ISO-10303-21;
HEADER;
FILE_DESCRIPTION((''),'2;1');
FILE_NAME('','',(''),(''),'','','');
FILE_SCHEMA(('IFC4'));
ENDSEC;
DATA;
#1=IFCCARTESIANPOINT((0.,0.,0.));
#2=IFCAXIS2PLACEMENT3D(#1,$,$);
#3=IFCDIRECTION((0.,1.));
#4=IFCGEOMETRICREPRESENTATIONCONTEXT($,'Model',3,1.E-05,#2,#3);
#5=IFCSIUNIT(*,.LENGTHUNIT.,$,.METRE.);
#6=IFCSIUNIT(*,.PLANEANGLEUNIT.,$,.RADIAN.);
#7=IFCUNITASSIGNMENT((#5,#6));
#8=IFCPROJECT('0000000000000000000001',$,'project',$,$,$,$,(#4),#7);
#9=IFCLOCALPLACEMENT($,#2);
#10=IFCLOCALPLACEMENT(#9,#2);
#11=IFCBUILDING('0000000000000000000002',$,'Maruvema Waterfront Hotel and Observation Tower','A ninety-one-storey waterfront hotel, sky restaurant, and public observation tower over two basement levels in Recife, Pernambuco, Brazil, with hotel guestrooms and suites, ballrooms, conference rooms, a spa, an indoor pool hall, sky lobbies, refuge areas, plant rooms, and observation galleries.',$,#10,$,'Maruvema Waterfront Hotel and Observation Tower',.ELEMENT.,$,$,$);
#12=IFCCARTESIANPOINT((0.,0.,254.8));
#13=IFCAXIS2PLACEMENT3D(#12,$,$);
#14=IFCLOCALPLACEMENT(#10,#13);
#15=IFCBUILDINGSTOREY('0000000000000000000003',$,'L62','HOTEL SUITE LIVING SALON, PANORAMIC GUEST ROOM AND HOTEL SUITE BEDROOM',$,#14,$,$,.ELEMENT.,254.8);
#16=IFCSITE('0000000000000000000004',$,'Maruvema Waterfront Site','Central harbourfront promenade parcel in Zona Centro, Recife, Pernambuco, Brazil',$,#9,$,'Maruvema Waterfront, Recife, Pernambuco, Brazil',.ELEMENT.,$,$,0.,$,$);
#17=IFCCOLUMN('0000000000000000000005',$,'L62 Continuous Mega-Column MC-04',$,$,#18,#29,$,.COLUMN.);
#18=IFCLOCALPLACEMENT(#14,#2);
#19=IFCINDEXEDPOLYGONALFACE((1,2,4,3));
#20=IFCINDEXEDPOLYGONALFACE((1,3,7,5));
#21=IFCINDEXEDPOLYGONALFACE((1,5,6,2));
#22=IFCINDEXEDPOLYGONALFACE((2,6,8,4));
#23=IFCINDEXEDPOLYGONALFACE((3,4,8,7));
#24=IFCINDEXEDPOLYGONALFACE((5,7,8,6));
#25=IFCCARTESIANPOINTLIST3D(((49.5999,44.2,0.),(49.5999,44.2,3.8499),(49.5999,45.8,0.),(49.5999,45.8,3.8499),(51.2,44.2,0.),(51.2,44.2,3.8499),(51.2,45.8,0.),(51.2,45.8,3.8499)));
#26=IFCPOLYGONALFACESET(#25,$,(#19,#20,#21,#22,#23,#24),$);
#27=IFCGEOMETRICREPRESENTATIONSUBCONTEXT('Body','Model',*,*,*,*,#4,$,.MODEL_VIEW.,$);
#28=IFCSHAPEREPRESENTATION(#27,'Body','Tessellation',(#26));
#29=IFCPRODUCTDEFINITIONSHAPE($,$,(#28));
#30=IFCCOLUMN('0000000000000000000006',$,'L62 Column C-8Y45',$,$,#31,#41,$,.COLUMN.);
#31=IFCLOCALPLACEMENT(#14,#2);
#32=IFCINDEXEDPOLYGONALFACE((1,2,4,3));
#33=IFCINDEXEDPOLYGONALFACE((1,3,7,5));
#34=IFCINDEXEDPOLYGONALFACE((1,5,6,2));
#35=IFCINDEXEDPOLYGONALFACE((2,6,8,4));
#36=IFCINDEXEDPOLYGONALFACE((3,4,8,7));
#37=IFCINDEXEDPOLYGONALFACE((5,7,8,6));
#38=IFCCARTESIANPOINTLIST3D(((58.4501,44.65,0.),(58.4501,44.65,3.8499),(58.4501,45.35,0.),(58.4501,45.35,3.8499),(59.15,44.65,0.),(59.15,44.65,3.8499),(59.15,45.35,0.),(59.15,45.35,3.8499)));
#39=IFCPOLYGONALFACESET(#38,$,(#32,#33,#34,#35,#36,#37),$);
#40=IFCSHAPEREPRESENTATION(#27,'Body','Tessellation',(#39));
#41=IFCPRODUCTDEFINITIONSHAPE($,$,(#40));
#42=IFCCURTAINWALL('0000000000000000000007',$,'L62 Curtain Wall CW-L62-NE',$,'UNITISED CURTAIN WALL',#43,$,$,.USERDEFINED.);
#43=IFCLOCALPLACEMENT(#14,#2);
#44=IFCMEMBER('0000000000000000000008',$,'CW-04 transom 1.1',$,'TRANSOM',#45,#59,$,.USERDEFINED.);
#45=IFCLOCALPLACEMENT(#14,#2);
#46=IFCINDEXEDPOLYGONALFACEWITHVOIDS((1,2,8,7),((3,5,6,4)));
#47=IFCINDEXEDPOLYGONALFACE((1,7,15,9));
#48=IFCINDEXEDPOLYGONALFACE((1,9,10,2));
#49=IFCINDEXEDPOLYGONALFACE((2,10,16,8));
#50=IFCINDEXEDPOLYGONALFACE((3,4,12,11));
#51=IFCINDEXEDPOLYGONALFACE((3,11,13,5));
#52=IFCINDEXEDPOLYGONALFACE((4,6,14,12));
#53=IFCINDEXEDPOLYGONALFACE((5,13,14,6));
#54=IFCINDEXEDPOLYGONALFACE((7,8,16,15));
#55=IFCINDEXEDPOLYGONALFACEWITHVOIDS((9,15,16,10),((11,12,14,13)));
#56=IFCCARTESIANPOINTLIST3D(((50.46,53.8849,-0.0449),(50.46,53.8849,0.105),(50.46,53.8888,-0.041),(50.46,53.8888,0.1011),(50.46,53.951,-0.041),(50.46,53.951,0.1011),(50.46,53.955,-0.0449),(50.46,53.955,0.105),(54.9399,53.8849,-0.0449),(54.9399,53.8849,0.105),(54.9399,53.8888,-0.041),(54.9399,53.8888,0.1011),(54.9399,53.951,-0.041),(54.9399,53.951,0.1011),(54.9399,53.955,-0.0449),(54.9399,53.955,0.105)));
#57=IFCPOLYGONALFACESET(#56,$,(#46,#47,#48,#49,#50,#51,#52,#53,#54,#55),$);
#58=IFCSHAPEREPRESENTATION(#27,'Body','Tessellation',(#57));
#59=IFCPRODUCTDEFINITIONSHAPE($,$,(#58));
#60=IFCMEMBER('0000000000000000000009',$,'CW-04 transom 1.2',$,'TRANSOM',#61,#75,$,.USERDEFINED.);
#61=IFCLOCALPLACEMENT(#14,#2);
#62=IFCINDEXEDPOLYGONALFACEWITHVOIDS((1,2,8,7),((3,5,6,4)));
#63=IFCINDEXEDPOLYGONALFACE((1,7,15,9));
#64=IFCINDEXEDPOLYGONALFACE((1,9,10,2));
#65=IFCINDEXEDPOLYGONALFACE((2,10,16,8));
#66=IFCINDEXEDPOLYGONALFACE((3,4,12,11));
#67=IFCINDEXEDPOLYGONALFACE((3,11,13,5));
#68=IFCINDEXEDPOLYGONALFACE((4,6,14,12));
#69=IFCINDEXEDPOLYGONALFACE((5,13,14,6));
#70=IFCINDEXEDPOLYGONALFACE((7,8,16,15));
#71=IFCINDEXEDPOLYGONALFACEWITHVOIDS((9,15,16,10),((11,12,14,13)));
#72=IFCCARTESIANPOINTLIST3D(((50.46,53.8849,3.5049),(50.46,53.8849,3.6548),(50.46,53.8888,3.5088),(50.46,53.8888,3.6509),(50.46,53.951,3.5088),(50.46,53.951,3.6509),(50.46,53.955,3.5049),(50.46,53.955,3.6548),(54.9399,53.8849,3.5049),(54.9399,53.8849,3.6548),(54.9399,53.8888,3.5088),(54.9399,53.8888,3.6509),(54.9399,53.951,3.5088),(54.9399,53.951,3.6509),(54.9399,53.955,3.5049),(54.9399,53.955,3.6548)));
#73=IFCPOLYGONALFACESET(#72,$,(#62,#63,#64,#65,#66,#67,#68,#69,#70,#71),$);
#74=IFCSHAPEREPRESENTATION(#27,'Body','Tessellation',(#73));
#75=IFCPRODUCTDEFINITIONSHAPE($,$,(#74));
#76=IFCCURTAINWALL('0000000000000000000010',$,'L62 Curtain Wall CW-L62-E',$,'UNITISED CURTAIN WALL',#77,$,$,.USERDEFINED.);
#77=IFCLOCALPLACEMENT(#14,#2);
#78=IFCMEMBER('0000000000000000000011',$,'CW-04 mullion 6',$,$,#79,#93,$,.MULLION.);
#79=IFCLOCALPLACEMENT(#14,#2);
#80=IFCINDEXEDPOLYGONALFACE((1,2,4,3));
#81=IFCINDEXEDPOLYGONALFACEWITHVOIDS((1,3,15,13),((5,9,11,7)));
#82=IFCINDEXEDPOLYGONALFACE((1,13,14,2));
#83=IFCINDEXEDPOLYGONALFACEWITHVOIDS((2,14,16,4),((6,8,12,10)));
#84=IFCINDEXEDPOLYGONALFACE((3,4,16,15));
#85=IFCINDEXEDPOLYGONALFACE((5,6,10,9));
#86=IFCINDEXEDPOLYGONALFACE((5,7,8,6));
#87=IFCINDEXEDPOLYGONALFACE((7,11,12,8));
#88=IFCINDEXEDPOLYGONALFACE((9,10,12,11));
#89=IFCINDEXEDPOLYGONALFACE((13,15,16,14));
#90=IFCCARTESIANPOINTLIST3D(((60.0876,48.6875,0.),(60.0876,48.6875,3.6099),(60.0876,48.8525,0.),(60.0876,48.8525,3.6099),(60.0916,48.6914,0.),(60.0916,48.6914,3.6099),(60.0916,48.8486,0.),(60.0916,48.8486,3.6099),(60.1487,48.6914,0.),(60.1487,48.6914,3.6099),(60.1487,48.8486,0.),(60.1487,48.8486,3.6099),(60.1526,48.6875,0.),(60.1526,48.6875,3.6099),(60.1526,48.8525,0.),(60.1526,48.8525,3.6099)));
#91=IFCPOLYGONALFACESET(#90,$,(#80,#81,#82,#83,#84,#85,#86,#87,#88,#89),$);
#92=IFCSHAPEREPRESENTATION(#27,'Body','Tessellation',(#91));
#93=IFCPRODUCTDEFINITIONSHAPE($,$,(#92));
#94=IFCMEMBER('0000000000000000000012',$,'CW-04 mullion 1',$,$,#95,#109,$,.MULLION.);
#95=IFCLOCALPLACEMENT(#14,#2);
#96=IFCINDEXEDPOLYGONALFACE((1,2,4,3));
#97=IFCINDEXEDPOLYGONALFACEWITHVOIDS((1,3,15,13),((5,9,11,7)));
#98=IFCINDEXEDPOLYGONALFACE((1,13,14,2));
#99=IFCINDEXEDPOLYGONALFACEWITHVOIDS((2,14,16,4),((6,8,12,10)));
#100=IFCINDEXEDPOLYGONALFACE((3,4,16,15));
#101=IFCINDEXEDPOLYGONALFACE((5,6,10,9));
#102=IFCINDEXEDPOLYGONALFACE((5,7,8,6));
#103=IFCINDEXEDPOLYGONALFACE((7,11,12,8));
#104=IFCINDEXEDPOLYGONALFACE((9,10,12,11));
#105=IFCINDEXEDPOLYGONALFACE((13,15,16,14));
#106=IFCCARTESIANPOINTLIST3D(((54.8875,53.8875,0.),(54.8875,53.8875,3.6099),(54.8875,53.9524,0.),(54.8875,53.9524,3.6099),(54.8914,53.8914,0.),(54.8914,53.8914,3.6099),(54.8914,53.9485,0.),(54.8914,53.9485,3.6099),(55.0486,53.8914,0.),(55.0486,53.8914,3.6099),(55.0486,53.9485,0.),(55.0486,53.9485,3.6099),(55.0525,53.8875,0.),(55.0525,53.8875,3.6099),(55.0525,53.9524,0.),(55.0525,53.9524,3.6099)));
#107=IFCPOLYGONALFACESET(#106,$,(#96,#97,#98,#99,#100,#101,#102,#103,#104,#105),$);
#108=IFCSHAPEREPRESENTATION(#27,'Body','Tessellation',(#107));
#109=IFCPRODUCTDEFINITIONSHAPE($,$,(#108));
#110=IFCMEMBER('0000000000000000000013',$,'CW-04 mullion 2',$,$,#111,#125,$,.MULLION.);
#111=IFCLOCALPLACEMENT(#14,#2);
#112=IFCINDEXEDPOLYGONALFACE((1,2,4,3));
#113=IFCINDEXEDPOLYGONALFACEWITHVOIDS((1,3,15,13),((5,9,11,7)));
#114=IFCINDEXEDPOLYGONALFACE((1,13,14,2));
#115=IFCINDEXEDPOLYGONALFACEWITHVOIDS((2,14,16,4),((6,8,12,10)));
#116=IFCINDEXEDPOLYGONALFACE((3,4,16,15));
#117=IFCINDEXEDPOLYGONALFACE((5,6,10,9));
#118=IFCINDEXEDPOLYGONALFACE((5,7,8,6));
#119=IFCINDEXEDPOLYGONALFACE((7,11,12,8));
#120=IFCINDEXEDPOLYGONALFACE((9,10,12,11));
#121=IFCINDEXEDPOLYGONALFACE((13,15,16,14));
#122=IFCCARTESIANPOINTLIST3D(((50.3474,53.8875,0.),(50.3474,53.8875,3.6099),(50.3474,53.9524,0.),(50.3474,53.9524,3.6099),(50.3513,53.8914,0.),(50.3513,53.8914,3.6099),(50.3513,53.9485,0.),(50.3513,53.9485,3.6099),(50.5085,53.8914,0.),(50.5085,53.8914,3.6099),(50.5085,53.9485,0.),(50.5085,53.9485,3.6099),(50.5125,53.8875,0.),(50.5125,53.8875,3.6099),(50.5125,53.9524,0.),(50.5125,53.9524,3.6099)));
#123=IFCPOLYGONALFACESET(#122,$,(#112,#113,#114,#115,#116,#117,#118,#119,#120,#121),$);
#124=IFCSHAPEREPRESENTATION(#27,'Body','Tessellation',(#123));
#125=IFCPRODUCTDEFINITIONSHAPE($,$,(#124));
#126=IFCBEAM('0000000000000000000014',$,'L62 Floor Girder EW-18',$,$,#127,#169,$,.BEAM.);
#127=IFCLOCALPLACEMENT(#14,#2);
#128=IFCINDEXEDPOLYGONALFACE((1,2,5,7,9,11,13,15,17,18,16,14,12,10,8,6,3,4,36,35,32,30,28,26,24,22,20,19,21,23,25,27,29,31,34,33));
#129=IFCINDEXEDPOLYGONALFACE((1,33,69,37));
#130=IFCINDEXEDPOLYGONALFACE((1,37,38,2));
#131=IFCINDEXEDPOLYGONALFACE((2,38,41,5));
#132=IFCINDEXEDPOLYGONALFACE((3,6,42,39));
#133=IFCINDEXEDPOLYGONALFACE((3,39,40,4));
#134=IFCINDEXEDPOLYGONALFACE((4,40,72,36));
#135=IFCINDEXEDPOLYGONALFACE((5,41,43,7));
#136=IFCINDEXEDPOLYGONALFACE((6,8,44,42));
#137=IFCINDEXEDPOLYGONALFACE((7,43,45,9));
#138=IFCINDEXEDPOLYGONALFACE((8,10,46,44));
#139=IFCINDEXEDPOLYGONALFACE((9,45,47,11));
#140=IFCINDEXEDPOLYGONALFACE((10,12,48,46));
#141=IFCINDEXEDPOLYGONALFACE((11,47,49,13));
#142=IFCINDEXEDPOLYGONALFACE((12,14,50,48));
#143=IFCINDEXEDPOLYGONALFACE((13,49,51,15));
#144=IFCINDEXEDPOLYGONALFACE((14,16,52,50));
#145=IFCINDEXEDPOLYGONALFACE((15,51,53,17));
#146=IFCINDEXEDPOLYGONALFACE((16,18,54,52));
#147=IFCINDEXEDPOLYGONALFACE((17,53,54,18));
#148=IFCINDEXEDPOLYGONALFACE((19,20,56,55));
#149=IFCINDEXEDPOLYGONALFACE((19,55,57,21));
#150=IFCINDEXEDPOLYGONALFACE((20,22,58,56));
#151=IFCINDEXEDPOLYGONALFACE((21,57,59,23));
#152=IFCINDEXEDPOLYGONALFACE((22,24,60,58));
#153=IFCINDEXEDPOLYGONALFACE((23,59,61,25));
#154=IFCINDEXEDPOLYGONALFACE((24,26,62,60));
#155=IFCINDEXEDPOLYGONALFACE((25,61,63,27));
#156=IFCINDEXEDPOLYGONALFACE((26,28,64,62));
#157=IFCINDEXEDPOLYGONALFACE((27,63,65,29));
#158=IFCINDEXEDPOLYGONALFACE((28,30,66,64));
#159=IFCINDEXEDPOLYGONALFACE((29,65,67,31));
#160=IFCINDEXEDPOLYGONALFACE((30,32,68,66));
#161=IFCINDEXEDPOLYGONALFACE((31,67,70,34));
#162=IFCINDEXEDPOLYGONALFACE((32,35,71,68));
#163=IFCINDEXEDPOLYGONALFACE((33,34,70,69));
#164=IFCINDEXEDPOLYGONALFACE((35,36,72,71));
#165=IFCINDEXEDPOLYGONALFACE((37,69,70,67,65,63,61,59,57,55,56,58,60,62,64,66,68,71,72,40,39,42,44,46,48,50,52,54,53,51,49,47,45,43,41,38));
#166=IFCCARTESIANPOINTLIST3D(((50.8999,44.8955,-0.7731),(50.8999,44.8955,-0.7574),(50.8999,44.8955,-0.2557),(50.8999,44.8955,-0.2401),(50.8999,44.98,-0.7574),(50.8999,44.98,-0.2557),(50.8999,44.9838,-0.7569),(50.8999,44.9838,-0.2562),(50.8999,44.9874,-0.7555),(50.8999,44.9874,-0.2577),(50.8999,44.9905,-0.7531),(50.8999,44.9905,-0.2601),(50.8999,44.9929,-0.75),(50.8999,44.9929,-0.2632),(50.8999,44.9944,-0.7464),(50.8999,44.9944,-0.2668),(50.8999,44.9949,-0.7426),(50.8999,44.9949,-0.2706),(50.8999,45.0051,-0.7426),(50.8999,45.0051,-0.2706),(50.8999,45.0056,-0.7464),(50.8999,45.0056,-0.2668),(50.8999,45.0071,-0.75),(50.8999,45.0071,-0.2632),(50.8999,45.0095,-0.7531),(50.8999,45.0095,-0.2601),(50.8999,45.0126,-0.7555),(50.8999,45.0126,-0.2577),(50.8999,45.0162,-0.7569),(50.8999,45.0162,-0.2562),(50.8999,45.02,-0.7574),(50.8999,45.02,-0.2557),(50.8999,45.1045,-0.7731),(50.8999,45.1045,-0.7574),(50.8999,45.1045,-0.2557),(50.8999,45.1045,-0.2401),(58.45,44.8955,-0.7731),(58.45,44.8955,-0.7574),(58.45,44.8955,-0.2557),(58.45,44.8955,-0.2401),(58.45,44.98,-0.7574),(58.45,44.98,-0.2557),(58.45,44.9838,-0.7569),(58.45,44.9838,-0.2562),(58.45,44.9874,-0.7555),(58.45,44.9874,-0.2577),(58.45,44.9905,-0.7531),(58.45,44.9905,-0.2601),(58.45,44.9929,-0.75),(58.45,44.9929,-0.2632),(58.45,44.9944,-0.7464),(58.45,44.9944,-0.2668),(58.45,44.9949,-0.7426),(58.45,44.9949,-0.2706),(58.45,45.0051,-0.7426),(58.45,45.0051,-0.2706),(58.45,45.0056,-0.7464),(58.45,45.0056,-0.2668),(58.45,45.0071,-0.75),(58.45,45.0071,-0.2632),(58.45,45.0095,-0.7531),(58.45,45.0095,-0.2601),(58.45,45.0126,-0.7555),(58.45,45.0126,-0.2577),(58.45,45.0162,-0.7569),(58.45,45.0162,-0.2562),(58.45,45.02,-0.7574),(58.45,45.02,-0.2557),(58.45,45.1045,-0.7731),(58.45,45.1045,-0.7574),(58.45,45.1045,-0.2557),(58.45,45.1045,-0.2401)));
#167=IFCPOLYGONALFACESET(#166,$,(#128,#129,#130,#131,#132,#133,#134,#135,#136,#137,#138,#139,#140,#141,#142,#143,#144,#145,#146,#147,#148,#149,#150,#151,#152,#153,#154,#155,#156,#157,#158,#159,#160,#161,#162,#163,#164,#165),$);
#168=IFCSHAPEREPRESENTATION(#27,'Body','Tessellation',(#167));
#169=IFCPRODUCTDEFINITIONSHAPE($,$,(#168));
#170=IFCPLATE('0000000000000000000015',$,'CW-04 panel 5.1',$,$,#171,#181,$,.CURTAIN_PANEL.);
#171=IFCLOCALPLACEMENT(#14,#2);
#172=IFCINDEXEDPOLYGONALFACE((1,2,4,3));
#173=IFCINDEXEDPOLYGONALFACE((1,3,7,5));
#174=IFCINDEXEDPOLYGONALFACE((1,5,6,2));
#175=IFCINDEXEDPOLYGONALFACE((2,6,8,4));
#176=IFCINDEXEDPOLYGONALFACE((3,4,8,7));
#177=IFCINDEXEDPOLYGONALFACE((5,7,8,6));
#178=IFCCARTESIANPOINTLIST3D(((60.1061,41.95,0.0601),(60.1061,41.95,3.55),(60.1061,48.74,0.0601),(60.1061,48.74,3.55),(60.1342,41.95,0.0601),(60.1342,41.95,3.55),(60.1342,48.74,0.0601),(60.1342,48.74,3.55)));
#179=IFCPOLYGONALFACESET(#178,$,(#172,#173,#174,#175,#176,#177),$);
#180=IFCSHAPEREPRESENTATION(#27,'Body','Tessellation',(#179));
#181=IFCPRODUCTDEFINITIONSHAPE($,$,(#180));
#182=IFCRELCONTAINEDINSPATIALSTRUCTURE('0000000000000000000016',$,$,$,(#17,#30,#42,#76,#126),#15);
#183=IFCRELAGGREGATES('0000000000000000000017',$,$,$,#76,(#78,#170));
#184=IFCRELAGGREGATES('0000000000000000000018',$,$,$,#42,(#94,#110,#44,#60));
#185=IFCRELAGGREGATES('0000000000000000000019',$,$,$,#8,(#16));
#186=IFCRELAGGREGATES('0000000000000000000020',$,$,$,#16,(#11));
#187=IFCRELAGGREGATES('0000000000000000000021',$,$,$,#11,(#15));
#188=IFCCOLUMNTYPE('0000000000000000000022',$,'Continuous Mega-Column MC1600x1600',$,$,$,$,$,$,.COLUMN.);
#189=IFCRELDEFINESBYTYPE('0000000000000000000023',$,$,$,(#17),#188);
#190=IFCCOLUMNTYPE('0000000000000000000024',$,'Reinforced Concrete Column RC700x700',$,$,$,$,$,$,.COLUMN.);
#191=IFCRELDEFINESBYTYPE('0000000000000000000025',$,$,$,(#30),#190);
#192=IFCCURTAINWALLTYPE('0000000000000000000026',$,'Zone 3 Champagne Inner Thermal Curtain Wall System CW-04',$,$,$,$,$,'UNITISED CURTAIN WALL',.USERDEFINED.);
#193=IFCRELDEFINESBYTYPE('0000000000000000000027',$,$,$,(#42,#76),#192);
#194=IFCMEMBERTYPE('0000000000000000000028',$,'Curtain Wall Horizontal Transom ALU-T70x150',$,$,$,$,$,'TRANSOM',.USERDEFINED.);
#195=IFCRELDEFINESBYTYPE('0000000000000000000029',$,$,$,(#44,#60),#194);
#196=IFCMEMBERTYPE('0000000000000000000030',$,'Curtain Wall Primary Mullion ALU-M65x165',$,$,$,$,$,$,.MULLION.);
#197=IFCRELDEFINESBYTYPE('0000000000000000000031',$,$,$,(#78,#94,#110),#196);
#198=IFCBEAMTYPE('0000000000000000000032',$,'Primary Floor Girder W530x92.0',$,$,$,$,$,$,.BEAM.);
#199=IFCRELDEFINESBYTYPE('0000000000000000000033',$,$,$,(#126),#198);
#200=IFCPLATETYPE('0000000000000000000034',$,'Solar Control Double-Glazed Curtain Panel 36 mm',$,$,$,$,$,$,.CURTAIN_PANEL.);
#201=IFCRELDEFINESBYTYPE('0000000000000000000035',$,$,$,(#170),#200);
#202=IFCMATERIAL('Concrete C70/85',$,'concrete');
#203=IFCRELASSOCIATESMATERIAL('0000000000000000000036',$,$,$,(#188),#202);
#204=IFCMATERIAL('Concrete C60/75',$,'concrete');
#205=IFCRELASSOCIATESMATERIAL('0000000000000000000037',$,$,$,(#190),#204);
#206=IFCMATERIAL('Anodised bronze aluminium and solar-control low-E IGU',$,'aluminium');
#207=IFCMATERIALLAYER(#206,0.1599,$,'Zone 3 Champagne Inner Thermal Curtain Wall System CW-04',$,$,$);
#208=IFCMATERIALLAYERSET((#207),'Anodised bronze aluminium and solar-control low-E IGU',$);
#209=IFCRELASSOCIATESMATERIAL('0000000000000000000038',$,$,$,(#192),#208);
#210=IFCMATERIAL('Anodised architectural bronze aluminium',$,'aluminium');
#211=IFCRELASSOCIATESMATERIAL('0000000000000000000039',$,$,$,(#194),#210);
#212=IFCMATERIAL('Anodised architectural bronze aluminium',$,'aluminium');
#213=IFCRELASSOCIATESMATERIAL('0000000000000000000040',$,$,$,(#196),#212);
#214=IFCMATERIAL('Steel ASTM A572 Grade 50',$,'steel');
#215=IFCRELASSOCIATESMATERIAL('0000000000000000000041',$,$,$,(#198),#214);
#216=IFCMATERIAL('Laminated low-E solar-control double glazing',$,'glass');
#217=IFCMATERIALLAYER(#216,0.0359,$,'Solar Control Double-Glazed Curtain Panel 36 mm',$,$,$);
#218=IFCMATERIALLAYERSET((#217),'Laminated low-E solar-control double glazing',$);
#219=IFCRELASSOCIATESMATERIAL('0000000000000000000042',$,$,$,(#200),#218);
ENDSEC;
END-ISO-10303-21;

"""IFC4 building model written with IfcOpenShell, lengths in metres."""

from ifc_helpers import new_model, si_unit, direction, frame, origin, origin_2d, place, context, subcontext, project, spatial, rectangle, hollow_rectangle, i_section, extrude, material, layer, layer_set, material_profile, profile_set, type_object, element, aggregate, save


model = new_model("IFC4")

# Units and contexts
model_context = context("Model", 3, precision=1e-05, world=origin(), true_north=direction((0.0, 1.0)))
body_context = subcontext(model_context, "Body", "Model", "MODEL_VIEW")
ifc_project = project(units=[si_unit("LENGTHUNIT", "METRE"), si_unit("PLANEANGLEUNIT", "RADIAN")], contexts=[model_context])

# Site, building, storey
site_placement = place(None, origin())
site = spatial("IfcSite", under=ifc_project, at=site_placement, Name="Maruvema Waterfront Site", Description="Central harbourfront promenade parcel in Zona Centro, Recife, Pernambuco, Brazil", LongName="Maruvema Waterfront, Recife, Pernambuco, Brazil", CompositionType="ELEMENT", RefElevation=0.0)
building_placement = place(site_placement, origin())
building = spatial("IfcBuilding", under=site, at=building_placement, Name="Maruvema Waterfront Hotel and Observation Tower", Description="A ninety-one-storey waterfront hotel, sky restaurant, and public observation tower over two basement levels in Recife, Pernambuco, Brazil, with hotel guestrooms and suites, ballrooms, conference rooms, a spa, an indoor pool hall, sky lobbies, refuge areas, plant rooms, and observation galleries.", LongName="Maruvema Waterfront Hotel and Observation Tower", CompositionType="ELEMENT")
storey_placement = place(building_placement, frame((0.0, 0.0, 254.8)))
storey = spatial("IfcBuildingStorey", under=building, at=storey_placement, Name="L62", Description="HOTEL SUITE LIVING SALON, PANORAMIC GUEST ROOM AND HOTEL SUITE BEDROOM", CompositionType="ELEMENT", Elevation=254.8)

# Columns
ifc_material_1 = material(Name="Concrete C70/85", Category="concrete")
ifc_material_profile_1 = material_profile(ifc_material_1, rectangle(XDim=1.6001, YDim=1.6001, at=origin_2d()), Name="MC1600x1600")
ifc_profile_set_1 = profile_set([ifc_material_profile_1], Name="Concrete C70/85")
column_type_1 = type_object("IfcColumnType", Name="Continuous Mega-Column MC1600x1600", PredefinedType="COLUMN", material=ifc_profile_set_1)
column_1_placement = place(storey_placement, frame((50.3999, 45.0, 0.0), z_axis=(0.0, 0.0, 1.0), x_axis=(1.0, 0.0, 0.0)))
element("IfcColumn", 1, at=column_1_placement, inside=storey, type_object=column_type_1, Name="L62 Continuous Mega-Column MC-04", PredefinedType="COLUMN", context=body_context, shape_type="SweptSolid", body=[
    extrude(rectangle(XDim=1.6001, YDim=1.6001, at=origin_2d()), origin(), (0.0, 0.0, 1.0), 3.8499),
])
ifc_material_2 = material(Name="Concrete C60/75", Category="concrete")
ifc_material_profile_2 = material_profile(ifc_material_2, rectangle(XDim=0.7, YDim=0.7, at=origin_2d()), Name="RC700x700")
ifc_profile_set_2 = profile_set([ifc_material_profile_2], Name="Concrete C60/75")
column_type_2 = type_object("IfcColumnType", Name="Reinforced Concrete Column RC700x700", PredefinedType="COLUMN", material=ifc_profile_set_2)
column_2_placement = place(storey_placement, frame((58.8, 45.0, 0.0), z_axis=(0.0, 0.0, 1.0), x_axis=(1.0, 0.0, 0.0)))
element("IfcColumn", 2, at=column_2_placement, inside=storey, type_object=column_type_2, Name="L62 Column C-8Y45", PredefinedType="COLUMN", context=body_context, shape_type="SweptSolid", body=[
    extrude(rectangle(XDim=0.7, YDim=0.7, at=origin_2d()), origin(), (0.0, 0.0, 1.0), 3.8499),
])

# Curtain wall, members
ifc_material_3 = material(Name="Anodised bronze aluminium and solar-control low-E IGU", Category="aluminium")
ifc_layer_1 = layer(ifc_material_3, 0.1599, Name="Zone 3 Champagne Inner Thermal Curtain Wall System CW-04")
ifc_layer_set_1 = layer_set([ifc_layer_1], Name="Anodised bronze aluminium and solar-control low-E IGU")
curtain_wall_type = type_object("IfcCurtainWallType", Name="Zone 3 Champagne Inner Thermal Curtain Wall System CW-04", ElementType="UNITISED CURTAIN WALL", PredefinedType="USERDEFINED", material=ifc_layer_set_1)
curtain_wall_1_placement = place(storey_placement, origin())
curtain_wall_1 = element("IfcCurtainWall", 3, at=curtain_wall_1_placement, inside=storey, type_object=curtain_wall_type, Name="L62 Curtain Wall CW-L62-NE", ObjectType="UNITISED CURTAIN WALL", PredefinedType="USERDEFINED")
ifc_material_4 = material(Name="Anodised architectural bronze aluminium", Category="aluminium")
ifc_material_profile_3 = material_profile(ifc_material_4, hollow_rectangle(XDim=0.0701, YDim=0.1499, WallThickness=0.0039, at=origin_2d()), Name="ALU-T70x150")
ifc_profile_set_3 = profile_set([ifc_material_profile_3], Name="Anodised architectural bronze aluminium")
member_type_1 = type_object("IfcMemberType", Name="Curtain Wall Horizontal Transom ALU-T70x150", ElementType="TRANSOM", PredefinedType="USERDEFINED", material=ifc_profile_set_3)
member_1_placement = place(storey_placement, frame((54.9399, 53.9199, 0.03), z_axis=(-1.0, 0.0, 0.0), x_axis=(0.0, -1.0, 0.0)))
member_1 = element("IfcMember", 4, at=member_1_placement, type_object=member_type_1, Name="CW-04 transom 1.1", ObjectType="TRANSOM", PredefinedType="USERDEFINED", context=body_context, shape_type="SweptSolid", body=[
    extrude(hollow_rectangle(XDim=0.0701, YDim=0.1499, WallThickness=0.0039, at=origin_2d()), origin(), (0.0, 0.0, 1.0), 4.48),
])
member_2_placement = place(storey_placement, frame((54.9399, 53.9199, 3.5798), z_axis=(-1.0, 0.0, 0.0), x_axis=(0.0, -1.0, 0.0)))
member_2 = element("IfcMember", 5, at=member_2_placement, type_object=member_type_1, Name="CW-04 transom 1.2", ObjectType="TRANSOM", PredefinedType="USERDEFINED", context=body_context, shape_type="SweptSolid", body=[
    extrude(hollow_rectangle(XDim=0.0701, YDim=0.1499, WallThickness=0.0039, at=origin_2d()), origin(), (0.0, 0.0, 1.0), 4.48),
])

# Curtain wall, member
curtain_wall_2_placement = place(storey_placement, origin())
curtain_wall_2 = element("IfcCurtainWall", 6, at=curtain_wall_2_placement, inside=storey, type_object=curtain_wall_type, Name="L62 Curtain Wall CW-L62-E", ObjectType="UNITISED CURTAIN WALL", PredefinedType="USERDEFINED")
ifc_material_5 = material(Name="Anodised architectural bronze aluminium", Category="aluminium")
ifc_material_profile_4 = material_profile(ifc_material_5, hollow_rectangle(XDim=0.0649, YDim=0.165, WallThickness=0.0039, at=origin_2d()), Name="ALU-M65x165")
ifc_profile_set_4 = profile_set([ifc_material_profile_4], Name="Anodised architectural bronze aluminium")
member_type_2 = type_object("IfcMemberType", Name="Curtain Wall Primary Mullion ALU-M65x165", PredefinedType="MULLION", material=ifc_profile_set_4)
member_3_placement = place(storey_placement, frame((60.1201, 48.77, 0.0), z_axis=(0.0, 0.0, 1.0), x_axis=(-1.0, 0.0, 0.0)))
member_3 = element("IfcMember", 7, at=member_3_placement, type_object=member_type_2, Name="CW-04 mullion 6", PredefinedType="MULLION", context=body_context, shape_type="SweptSolid", body=[
    extrude(hollow_rectangle(XDim=0.0649, YDim=0.165, WallThickness=0.0039, at=origin_2d()), origin(), (0.0, 0.0, 1.0), 3.6099),
])

# Members
member_4_placement = place(storey_placement, frame((54.97, 53.9199, 0.0), z_axis=(0.0, 0.0, 1.0), x_axis=(0.0, -1.0, 0.0)))
member_4 = element("IfcMember", 8, at=member_4_placement, type_object=member_type_2, Name="CW-04 mullion 1", PredefinedType="MULLION", context=body_context, shape_type="SweptSolid", body=[
    extrude(hollow_rectangle(XDim=0.0649, YDim=0.165, WallThickness=0.0039, at=origin_2d()), origin(), (0.0, 0.0, 1.0), 3.6099),
])
member_5_placement = place(storey_placement, frame((50.4299, 53.9199, 0.0), z_axis=(0.0, 0.0, 1.0), x_axis=(0.0, -1.0, 0.0)))
member_5 = element("IfcMember", 9, at=member_5_placement, type_object=member_type_2, Name="CW-04 mullion 2", PredefinedType="MULLION", context=body_context, shape_type="SweptSolid", body=[
    extrude(hollow_rectangle(XDim=0.0649, YDim=0.165, WallThickness=0.0039, at=origin_2d()), origin(), (0.0, 0.0, 1.0), 3.6099),
])

# Beam
ifc_material_6 = material(Name="Steel ASTM A572 Grade 50", Category="steel")
ifc_material_profile_5 = material_profile(ifc_material_6, i_section(OverallWidth=0.209, OverallDepth=0.533, WebThickness=0.0103, FlangeThickness=0.0156, FilletRadius=0.0149, at=origin_2d()), Name="W530x92.0")
ifc_profile_set_5 = profile_set([ifc_material_profile_5], Name="Steel ASTM A572 Grade 50")
beam_type = type_object("IfcBeamType", Name="Primary Floor Girder W530x92.0", PredefinedType="BEAM", material=ifc_profile_set_5)
beam_placement = place(storey_placement, frame((50.8999, 45.0, -0.5066), z_axis=(1.0, 0.0, 0.0), x_axis=(0.0, 1.0, 0.0)))
element("IfcBeam", 10, at=beam_placement, inside=storey, type_object=beam_type, Name="L62 Floor Girder EW-18", PredefinedType="BEAM", context=body_context, shape_type="SweptSolid", body=[
    extrude(i_section(OverallWidth=0.209, OverallDepth=0.533, WebThickness=0.0103, FlangeThickness=0.0156, FilletRadius=0.0149, at=origin_2d()), origin(), (0.0, 0.0, 1.0), 7.55),
])

# Plate
ifc_material_7 = material(Name="Laminated low-E solar-control double glazing", Category="glass")
ifc_layer_2 = layer(ifc_material_7, 0.0359, Name="Solar Control Double-Glazed Curtain Panel 36 mm")
ifc_layer_set_2 = layer_set([ifc_layer_2], Name="Laminated low-E solar-control double glazing")
plate_type = type_object("IfcPlateType", Name="Solar Control Double-Glazed Curtain Panel 36 mm", PredefinedType="CURTAIN_PANEL", material=ifc_layer_set_2)
plate_1_placement = place(storey_placement, frame((60.1201, 45.345, 0.0601), z_axis=(0.0, 0.0, 1.0), x_axis=(0.0, 1.0, 0.0)))
plate_1 = element("IfcPlate", 11, at=plate_1_placement, type_object=plate_type, Name="CW-04 panel 5.1", PredefinedType="CURTAIN_PANEL", context=body_context, shape_type="SweptSolid", body=[
    extrude(rectangle(XDim=6.79, YDim=0.0281, at=origin_2d()), origin(), (0.0, 0.0, 1.0), 3.49),
])
aggregate(curtain_wall_2, [member_3, plate_1])
aggregate(curtain_wall_1, [member_4, member_5, member_1, member_2])

save(model, "model.ifc")
